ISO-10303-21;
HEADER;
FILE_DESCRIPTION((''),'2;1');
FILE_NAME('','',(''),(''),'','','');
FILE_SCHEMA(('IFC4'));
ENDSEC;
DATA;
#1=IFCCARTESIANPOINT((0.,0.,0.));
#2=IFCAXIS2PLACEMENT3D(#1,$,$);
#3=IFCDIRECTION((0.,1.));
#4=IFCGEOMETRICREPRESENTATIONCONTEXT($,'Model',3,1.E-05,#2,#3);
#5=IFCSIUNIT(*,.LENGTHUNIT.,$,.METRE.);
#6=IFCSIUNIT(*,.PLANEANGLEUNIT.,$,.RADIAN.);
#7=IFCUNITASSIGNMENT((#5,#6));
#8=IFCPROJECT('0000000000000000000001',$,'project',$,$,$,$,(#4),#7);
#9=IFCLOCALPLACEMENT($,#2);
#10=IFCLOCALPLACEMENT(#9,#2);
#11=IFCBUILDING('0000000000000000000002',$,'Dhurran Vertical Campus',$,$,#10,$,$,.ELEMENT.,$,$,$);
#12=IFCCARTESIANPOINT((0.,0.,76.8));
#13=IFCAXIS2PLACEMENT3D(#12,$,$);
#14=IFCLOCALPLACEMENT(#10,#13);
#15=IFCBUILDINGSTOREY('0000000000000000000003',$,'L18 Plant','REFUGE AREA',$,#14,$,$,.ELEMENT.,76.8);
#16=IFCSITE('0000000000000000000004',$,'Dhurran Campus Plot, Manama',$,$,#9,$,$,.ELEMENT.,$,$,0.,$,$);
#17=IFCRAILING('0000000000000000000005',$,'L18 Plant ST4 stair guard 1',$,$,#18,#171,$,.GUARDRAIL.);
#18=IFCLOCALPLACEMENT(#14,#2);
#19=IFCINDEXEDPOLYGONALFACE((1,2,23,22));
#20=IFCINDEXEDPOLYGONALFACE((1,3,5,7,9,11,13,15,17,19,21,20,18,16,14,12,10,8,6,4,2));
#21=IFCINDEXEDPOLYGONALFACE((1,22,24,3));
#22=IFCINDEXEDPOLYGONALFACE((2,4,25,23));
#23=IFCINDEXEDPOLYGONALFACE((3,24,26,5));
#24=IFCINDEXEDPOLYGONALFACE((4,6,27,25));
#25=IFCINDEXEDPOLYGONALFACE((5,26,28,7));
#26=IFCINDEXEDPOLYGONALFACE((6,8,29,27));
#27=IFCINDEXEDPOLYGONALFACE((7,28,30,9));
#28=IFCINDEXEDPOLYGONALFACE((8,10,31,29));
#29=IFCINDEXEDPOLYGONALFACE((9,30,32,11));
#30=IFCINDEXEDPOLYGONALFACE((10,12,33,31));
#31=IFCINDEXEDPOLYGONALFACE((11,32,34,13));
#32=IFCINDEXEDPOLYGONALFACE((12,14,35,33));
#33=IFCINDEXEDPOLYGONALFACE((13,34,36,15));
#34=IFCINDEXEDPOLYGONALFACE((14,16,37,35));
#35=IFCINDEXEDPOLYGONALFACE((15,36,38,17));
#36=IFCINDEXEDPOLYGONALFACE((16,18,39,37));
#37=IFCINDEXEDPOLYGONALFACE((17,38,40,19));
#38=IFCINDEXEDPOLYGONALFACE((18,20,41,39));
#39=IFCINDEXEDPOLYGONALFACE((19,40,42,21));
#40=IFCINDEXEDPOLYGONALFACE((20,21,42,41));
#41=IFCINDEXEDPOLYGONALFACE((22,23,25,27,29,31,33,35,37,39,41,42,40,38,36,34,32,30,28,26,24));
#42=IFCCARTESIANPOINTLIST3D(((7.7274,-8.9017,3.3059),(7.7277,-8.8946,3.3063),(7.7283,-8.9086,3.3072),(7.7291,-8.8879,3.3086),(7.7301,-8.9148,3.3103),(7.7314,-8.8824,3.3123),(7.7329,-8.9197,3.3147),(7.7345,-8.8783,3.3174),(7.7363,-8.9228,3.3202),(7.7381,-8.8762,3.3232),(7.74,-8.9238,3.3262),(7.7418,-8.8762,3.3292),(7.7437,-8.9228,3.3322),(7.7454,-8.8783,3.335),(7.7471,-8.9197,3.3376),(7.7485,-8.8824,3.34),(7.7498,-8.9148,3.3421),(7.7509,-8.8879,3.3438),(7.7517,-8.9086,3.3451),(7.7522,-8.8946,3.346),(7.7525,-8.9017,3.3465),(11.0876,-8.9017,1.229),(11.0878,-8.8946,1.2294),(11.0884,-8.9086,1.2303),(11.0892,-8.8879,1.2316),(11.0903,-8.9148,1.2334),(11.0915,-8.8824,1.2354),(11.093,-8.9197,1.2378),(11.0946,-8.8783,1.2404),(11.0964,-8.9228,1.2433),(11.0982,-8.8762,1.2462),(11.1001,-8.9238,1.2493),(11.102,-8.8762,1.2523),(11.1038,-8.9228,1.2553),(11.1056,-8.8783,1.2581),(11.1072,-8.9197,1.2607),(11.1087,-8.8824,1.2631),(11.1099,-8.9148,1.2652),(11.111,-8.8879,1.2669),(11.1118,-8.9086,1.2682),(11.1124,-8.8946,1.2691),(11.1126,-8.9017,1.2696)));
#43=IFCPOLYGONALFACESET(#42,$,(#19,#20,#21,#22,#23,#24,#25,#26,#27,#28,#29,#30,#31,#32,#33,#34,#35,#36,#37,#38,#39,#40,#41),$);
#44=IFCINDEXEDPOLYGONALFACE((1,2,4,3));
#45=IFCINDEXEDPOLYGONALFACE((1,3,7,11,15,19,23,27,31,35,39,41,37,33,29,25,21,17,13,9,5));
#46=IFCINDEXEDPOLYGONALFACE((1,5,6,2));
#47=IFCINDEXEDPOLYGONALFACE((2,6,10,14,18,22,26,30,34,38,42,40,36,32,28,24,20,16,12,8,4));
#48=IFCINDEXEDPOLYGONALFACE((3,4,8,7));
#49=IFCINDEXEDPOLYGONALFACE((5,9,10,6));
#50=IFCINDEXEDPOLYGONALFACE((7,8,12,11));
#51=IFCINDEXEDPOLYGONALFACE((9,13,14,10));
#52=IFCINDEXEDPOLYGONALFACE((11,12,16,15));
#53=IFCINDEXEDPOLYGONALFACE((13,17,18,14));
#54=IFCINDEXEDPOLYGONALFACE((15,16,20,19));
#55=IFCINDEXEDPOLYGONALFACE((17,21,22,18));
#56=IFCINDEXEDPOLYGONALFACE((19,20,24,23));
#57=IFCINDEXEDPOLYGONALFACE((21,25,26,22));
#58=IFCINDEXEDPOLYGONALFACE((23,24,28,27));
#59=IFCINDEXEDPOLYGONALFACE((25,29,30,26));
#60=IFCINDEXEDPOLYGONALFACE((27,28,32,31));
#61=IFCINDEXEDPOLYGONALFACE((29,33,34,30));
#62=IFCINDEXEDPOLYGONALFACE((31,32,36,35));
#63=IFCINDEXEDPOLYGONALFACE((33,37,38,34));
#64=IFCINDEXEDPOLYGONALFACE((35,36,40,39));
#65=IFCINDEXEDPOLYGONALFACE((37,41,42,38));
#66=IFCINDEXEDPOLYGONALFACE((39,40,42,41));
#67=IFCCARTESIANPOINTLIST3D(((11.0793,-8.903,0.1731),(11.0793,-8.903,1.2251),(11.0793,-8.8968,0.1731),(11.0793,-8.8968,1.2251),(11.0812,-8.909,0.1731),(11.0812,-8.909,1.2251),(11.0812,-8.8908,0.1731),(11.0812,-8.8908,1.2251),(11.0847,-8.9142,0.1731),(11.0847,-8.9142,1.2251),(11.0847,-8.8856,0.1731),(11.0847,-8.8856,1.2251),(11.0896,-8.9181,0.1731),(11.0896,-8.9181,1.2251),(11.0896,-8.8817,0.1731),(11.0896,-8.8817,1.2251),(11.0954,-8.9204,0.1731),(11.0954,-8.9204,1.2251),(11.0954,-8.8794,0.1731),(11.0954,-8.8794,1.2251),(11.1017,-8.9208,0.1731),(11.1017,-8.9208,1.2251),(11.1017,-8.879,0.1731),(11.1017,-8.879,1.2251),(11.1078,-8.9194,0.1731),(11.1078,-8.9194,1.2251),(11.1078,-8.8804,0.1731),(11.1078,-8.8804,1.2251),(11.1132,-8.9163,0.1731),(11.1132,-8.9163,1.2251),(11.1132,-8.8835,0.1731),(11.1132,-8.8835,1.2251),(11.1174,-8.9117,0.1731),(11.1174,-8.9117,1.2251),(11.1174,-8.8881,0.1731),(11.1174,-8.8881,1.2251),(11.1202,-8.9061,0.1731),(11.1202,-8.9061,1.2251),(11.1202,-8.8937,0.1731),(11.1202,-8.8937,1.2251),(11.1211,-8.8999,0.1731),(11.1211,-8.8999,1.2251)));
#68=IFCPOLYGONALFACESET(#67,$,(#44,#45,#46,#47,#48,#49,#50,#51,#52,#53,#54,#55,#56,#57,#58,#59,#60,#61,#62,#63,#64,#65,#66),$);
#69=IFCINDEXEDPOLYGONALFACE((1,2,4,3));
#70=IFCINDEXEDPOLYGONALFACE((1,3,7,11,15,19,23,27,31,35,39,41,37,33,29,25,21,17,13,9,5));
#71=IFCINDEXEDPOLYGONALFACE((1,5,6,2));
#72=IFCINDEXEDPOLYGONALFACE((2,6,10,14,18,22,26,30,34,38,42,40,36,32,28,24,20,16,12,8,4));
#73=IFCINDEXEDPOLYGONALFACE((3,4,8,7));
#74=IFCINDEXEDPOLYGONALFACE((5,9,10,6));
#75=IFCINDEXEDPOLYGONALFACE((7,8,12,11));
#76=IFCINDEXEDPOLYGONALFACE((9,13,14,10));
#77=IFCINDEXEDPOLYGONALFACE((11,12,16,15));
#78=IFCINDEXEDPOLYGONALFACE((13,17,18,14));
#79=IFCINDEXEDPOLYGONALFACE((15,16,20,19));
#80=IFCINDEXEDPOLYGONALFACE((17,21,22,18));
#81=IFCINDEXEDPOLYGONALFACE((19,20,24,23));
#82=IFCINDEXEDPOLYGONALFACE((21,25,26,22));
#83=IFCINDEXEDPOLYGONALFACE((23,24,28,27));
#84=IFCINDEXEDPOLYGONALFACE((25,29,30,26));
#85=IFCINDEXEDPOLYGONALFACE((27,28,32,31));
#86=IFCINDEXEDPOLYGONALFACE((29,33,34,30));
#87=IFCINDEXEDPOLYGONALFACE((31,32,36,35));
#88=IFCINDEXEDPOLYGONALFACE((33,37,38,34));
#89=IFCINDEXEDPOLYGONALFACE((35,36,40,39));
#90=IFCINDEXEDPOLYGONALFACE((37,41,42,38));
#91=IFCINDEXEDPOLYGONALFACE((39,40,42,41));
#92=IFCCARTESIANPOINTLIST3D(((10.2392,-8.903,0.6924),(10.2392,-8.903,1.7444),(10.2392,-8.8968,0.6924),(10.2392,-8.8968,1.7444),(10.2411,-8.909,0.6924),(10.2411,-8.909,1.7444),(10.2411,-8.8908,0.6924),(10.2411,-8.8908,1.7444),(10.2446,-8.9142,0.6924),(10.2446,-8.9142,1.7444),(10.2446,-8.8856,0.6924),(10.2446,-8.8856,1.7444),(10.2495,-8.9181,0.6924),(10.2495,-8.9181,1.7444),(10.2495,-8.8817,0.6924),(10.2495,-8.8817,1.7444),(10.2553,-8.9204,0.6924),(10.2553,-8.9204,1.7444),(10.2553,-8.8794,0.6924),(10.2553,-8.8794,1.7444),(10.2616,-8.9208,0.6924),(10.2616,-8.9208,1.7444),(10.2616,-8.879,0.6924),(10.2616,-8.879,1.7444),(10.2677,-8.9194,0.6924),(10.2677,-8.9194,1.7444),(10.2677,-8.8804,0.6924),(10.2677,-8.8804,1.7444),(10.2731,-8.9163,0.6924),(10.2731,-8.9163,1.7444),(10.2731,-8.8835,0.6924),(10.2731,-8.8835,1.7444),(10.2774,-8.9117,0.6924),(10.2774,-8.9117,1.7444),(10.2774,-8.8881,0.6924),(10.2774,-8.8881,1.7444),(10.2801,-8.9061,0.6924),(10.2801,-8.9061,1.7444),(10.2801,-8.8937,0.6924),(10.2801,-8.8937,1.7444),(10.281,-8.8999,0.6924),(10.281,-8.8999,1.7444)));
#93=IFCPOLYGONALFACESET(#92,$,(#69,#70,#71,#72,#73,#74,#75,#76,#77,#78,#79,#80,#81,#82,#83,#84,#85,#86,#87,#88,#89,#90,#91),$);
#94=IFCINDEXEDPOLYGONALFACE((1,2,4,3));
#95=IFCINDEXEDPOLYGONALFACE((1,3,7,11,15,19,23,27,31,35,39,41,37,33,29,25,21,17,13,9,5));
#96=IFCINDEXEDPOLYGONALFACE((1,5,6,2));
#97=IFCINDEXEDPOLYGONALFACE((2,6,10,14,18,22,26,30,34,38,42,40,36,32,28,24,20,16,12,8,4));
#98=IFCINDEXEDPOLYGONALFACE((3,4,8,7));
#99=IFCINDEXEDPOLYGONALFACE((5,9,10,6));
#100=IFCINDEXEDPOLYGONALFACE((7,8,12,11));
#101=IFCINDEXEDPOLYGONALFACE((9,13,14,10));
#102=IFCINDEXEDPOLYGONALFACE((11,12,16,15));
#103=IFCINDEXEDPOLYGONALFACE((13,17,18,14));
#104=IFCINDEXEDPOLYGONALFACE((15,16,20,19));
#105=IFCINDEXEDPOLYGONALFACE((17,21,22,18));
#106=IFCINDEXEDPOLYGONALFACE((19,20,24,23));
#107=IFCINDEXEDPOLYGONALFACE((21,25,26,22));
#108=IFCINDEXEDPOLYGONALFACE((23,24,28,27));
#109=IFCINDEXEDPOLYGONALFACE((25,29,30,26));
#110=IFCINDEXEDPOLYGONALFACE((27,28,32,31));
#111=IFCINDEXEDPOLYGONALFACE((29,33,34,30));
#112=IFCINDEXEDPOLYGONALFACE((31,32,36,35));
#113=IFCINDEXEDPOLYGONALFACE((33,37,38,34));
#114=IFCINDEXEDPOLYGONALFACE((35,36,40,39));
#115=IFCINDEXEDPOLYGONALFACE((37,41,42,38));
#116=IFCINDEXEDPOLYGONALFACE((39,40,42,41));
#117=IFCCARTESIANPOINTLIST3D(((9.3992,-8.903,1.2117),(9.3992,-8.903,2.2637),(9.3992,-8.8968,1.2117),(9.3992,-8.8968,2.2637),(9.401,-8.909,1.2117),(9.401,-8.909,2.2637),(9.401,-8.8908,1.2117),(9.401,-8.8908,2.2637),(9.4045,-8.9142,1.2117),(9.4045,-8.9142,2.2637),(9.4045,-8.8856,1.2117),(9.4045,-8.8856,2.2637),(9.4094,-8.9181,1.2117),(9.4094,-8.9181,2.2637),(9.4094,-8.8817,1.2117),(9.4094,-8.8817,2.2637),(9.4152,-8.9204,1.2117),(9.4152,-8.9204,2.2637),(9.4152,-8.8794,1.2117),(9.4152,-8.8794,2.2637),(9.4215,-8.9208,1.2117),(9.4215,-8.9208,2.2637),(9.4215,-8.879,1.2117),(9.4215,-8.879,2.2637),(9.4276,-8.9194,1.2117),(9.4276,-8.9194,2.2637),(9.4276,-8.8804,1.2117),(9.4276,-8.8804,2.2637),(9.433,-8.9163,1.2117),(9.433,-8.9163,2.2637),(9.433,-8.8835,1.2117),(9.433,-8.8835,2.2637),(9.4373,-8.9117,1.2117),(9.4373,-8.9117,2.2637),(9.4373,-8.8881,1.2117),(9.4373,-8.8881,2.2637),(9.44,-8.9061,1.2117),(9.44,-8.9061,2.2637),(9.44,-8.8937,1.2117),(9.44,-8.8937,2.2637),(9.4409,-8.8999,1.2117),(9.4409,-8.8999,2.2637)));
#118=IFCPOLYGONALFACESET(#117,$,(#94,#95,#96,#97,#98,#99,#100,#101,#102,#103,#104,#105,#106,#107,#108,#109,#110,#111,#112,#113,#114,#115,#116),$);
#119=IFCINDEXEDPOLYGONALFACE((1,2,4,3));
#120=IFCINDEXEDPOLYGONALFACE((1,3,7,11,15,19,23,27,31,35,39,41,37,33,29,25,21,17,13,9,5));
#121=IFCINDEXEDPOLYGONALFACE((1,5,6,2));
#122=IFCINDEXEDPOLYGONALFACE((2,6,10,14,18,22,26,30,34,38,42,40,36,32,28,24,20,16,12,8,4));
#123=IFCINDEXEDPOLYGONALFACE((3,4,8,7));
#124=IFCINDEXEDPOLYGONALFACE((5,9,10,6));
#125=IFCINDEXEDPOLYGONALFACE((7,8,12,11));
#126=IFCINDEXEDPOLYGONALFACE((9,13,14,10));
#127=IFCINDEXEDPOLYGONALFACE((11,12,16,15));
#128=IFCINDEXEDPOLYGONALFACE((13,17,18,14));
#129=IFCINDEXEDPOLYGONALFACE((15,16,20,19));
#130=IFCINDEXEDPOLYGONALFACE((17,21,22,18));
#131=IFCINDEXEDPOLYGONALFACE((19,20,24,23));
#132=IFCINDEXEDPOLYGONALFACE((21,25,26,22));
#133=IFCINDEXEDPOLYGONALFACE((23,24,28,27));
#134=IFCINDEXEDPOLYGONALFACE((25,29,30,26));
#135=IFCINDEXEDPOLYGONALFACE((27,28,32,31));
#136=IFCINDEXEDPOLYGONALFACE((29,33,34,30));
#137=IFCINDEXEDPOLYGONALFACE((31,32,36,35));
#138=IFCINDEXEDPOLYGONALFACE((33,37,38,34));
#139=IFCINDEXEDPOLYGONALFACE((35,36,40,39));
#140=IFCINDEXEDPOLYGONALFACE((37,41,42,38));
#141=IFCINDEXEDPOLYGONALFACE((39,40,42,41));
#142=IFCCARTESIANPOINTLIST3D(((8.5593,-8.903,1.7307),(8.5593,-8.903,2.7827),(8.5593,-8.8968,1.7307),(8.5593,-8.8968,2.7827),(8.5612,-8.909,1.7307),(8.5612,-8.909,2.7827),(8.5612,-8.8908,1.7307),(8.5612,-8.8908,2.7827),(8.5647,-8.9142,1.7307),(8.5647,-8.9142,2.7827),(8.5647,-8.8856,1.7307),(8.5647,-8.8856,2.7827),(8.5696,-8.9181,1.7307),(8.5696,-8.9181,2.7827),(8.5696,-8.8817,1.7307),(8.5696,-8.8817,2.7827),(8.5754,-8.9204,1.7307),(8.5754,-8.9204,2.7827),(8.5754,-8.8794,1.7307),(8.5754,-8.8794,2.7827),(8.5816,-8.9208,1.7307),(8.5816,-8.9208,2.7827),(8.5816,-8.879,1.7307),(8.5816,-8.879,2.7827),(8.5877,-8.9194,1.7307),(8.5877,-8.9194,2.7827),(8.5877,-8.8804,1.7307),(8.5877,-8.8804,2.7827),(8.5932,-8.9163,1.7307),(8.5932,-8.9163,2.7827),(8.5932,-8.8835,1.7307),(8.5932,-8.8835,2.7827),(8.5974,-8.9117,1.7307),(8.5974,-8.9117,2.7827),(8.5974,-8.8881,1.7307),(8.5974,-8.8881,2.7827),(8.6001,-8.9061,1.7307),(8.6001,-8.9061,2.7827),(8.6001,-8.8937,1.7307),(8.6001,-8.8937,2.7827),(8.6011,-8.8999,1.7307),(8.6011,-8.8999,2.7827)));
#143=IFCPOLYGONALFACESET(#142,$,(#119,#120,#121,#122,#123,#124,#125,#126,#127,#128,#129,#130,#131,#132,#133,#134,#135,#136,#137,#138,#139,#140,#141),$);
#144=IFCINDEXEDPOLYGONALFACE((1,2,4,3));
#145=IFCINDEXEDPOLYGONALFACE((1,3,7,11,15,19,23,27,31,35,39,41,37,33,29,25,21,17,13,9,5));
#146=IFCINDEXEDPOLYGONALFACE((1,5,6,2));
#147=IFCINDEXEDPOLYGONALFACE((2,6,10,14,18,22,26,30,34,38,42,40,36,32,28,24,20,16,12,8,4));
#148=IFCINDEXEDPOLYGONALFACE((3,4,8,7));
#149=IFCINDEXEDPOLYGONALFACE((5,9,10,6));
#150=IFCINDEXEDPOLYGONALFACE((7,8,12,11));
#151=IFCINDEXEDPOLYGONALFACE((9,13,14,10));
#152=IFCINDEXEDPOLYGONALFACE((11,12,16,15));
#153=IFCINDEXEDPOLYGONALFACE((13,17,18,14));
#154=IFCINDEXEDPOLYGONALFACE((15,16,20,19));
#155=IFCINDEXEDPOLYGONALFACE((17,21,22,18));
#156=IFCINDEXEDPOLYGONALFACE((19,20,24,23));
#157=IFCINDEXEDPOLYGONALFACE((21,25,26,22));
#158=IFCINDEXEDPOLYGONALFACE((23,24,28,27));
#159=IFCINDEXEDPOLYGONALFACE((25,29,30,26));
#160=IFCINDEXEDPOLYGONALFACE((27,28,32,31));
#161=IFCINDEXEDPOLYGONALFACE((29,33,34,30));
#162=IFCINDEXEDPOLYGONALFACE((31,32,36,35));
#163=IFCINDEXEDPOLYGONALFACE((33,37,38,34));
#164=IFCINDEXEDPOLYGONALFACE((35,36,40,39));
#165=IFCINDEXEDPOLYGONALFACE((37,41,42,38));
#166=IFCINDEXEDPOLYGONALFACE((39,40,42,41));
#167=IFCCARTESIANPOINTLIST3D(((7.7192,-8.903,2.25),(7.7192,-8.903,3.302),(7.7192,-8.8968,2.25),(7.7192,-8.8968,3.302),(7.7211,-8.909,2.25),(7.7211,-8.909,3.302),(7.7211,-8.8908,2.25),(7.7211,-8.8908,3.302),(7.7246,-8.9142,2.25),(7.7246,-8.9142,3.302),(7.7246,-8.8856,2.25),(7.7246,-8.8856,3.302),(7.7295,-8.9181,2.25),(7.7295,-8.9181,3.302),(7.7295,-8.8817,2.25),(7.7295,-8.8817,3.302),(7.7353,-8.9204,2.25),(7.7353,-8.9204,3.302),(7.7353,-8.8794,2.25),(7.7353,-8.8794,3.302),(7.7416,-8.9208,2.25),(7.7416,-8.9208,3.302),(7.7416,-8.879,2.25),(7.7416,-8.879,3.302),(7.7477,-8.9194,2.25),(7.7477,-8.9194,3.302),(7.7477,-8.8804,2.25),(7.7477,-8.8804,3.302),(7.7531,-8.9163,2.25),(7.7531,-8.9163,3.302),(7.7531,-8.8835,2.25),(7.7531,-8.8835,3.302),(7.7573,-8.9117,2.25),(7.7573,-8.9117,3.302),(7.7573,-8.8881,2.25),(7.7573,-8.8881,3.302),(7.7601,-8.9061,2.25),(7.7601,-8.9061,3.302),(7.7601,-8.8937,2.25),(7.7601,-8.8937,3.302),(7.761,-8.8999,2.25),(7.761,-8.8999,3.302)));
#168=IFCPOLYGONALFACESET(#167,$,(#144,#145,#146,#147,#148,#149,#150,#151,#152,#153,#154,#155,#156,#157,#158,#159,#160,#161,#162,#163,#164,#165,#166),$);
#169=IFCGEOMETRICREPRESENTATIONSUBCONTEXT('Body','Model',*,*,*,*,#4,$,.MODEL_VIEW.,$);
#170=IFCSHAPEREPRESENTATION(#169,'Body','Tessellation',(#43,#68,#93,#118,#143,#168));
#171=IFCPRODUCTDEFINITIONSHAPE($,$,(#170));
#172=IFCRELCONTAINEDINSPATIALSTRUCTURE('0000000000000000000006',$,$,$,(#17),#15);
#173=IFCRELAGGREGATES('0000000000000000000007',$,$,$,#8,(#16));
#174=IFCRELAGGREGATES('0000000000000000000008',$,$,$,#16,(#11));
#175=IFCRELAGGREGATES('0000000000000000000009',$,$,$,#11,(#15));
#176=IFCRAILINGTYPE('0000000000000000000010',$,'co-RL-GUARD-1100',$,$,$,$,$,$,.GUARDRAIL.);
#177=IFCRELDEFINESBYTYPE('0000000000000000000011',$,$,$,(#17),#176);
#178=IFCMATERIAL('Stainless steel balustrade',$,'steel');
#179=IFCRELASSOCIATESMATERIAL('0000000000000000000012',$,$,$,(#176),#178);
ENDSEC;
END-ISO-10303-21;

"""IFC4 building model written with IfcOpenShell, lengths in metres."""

from ifc_helpers import new_model, si_unit, direction, frame, origin, origin_2d, place, context, subcontext, project, spatial, circle, extrude, material, type_object, element, save


model = new_model("IFC4")

# Units and contexts
model_context = context("Model", 3, precision=1e-05, world=origin(), true_north=direction((0.0, 1.0)))
body_context = subcontext(model_context, "Body", "Model", "MODEL_VIEW")
ifc_project = project(units=[si_unit("LENGTHUNIT", "METRE"), si_unit("PLANEANGLEUNIT", "RADIAN")], contexts=[model_context])

# Site, building, storey
site_placement = place(None, origin())
site = spatial("IfcSite", under=ifc_project, at=site_placement, Name="Dhurran Campus Plot, Manama", CompositionType="ELEMENT", RefElevation=0.0)
building_placement = place(site_placement, origin())
building = spatial("IfcBuilding", under=site, at=building_placement, Name="Dhurran Vertical Campus", CompositionType="ELEMENT")
storey_placement = place(building_placement, frame((0.0, 0.0, 76.8)))
storey = spatial("IfcBuildingStorey", under=building, at=storey_placement, Name="L18 Plant", Description="REFUGE AREA", CompositionType="ELEMENT", Elevation=76.8)

# Railing
ifc_material_1 = material(Name="Stainless steel balustrade", Category="steel")
railing_type_1 = type_object("IfcRailingType", Name="co-RL-GUARD-1100", PredefinedType="GUARDRAIL", material=ifc_material_1)
railing_1_placement = place(storey_placement, frame((11.1001, -8.8999, 0.1731)))
element("IfcRailing", 1, at=railing_1_placement, inside=storey, type_object=railing_type_1, Name="L18 Plant ST4 stair guard 1", PredefinedType="GUARDRAIL", context=body_context, shape_type="SweptSolid", body=[
    extrude(circle(Radius=0.0239, at=origin_2d()), frame((0.0, 0.0, 1.0762), z_axis=(-0.850623, 0.0, 0.525776), x_axis=(0.0, -1.0, 0.0)), (0.0, 0.0, 1.0), 3.9502),
    extrude(circle(Radius=0.021, at=origin_2d()), origin(), (0.0, 0.0, 1.0), 1.052),
    extrude(circle(Radius=0.021, at=origin_2d()), frame((-0.8401, 0.0, 0.5193)), (0.0, 0.0, 1.0), 1.052),
    extrude(circle(Radius=0.021, at=origin_2d()), frame((-1.6802, 0.0, 1.0386)), (0.0, 0.0, 1.0), 1.052),
    extrude(circle(Radius=0.021, at=origin_2d()), frame((-2.52, 0.0, 1.5576)), (0.0, 0.0, 1.0), 1.052),
    extrude(circle(Radius=0.021, at=origin_2d()), frame((-3.3601, 0.0, 2.0769)), (0.0, 0.0, 1.0), 1.052),
])

save(model, "model.ifc")
